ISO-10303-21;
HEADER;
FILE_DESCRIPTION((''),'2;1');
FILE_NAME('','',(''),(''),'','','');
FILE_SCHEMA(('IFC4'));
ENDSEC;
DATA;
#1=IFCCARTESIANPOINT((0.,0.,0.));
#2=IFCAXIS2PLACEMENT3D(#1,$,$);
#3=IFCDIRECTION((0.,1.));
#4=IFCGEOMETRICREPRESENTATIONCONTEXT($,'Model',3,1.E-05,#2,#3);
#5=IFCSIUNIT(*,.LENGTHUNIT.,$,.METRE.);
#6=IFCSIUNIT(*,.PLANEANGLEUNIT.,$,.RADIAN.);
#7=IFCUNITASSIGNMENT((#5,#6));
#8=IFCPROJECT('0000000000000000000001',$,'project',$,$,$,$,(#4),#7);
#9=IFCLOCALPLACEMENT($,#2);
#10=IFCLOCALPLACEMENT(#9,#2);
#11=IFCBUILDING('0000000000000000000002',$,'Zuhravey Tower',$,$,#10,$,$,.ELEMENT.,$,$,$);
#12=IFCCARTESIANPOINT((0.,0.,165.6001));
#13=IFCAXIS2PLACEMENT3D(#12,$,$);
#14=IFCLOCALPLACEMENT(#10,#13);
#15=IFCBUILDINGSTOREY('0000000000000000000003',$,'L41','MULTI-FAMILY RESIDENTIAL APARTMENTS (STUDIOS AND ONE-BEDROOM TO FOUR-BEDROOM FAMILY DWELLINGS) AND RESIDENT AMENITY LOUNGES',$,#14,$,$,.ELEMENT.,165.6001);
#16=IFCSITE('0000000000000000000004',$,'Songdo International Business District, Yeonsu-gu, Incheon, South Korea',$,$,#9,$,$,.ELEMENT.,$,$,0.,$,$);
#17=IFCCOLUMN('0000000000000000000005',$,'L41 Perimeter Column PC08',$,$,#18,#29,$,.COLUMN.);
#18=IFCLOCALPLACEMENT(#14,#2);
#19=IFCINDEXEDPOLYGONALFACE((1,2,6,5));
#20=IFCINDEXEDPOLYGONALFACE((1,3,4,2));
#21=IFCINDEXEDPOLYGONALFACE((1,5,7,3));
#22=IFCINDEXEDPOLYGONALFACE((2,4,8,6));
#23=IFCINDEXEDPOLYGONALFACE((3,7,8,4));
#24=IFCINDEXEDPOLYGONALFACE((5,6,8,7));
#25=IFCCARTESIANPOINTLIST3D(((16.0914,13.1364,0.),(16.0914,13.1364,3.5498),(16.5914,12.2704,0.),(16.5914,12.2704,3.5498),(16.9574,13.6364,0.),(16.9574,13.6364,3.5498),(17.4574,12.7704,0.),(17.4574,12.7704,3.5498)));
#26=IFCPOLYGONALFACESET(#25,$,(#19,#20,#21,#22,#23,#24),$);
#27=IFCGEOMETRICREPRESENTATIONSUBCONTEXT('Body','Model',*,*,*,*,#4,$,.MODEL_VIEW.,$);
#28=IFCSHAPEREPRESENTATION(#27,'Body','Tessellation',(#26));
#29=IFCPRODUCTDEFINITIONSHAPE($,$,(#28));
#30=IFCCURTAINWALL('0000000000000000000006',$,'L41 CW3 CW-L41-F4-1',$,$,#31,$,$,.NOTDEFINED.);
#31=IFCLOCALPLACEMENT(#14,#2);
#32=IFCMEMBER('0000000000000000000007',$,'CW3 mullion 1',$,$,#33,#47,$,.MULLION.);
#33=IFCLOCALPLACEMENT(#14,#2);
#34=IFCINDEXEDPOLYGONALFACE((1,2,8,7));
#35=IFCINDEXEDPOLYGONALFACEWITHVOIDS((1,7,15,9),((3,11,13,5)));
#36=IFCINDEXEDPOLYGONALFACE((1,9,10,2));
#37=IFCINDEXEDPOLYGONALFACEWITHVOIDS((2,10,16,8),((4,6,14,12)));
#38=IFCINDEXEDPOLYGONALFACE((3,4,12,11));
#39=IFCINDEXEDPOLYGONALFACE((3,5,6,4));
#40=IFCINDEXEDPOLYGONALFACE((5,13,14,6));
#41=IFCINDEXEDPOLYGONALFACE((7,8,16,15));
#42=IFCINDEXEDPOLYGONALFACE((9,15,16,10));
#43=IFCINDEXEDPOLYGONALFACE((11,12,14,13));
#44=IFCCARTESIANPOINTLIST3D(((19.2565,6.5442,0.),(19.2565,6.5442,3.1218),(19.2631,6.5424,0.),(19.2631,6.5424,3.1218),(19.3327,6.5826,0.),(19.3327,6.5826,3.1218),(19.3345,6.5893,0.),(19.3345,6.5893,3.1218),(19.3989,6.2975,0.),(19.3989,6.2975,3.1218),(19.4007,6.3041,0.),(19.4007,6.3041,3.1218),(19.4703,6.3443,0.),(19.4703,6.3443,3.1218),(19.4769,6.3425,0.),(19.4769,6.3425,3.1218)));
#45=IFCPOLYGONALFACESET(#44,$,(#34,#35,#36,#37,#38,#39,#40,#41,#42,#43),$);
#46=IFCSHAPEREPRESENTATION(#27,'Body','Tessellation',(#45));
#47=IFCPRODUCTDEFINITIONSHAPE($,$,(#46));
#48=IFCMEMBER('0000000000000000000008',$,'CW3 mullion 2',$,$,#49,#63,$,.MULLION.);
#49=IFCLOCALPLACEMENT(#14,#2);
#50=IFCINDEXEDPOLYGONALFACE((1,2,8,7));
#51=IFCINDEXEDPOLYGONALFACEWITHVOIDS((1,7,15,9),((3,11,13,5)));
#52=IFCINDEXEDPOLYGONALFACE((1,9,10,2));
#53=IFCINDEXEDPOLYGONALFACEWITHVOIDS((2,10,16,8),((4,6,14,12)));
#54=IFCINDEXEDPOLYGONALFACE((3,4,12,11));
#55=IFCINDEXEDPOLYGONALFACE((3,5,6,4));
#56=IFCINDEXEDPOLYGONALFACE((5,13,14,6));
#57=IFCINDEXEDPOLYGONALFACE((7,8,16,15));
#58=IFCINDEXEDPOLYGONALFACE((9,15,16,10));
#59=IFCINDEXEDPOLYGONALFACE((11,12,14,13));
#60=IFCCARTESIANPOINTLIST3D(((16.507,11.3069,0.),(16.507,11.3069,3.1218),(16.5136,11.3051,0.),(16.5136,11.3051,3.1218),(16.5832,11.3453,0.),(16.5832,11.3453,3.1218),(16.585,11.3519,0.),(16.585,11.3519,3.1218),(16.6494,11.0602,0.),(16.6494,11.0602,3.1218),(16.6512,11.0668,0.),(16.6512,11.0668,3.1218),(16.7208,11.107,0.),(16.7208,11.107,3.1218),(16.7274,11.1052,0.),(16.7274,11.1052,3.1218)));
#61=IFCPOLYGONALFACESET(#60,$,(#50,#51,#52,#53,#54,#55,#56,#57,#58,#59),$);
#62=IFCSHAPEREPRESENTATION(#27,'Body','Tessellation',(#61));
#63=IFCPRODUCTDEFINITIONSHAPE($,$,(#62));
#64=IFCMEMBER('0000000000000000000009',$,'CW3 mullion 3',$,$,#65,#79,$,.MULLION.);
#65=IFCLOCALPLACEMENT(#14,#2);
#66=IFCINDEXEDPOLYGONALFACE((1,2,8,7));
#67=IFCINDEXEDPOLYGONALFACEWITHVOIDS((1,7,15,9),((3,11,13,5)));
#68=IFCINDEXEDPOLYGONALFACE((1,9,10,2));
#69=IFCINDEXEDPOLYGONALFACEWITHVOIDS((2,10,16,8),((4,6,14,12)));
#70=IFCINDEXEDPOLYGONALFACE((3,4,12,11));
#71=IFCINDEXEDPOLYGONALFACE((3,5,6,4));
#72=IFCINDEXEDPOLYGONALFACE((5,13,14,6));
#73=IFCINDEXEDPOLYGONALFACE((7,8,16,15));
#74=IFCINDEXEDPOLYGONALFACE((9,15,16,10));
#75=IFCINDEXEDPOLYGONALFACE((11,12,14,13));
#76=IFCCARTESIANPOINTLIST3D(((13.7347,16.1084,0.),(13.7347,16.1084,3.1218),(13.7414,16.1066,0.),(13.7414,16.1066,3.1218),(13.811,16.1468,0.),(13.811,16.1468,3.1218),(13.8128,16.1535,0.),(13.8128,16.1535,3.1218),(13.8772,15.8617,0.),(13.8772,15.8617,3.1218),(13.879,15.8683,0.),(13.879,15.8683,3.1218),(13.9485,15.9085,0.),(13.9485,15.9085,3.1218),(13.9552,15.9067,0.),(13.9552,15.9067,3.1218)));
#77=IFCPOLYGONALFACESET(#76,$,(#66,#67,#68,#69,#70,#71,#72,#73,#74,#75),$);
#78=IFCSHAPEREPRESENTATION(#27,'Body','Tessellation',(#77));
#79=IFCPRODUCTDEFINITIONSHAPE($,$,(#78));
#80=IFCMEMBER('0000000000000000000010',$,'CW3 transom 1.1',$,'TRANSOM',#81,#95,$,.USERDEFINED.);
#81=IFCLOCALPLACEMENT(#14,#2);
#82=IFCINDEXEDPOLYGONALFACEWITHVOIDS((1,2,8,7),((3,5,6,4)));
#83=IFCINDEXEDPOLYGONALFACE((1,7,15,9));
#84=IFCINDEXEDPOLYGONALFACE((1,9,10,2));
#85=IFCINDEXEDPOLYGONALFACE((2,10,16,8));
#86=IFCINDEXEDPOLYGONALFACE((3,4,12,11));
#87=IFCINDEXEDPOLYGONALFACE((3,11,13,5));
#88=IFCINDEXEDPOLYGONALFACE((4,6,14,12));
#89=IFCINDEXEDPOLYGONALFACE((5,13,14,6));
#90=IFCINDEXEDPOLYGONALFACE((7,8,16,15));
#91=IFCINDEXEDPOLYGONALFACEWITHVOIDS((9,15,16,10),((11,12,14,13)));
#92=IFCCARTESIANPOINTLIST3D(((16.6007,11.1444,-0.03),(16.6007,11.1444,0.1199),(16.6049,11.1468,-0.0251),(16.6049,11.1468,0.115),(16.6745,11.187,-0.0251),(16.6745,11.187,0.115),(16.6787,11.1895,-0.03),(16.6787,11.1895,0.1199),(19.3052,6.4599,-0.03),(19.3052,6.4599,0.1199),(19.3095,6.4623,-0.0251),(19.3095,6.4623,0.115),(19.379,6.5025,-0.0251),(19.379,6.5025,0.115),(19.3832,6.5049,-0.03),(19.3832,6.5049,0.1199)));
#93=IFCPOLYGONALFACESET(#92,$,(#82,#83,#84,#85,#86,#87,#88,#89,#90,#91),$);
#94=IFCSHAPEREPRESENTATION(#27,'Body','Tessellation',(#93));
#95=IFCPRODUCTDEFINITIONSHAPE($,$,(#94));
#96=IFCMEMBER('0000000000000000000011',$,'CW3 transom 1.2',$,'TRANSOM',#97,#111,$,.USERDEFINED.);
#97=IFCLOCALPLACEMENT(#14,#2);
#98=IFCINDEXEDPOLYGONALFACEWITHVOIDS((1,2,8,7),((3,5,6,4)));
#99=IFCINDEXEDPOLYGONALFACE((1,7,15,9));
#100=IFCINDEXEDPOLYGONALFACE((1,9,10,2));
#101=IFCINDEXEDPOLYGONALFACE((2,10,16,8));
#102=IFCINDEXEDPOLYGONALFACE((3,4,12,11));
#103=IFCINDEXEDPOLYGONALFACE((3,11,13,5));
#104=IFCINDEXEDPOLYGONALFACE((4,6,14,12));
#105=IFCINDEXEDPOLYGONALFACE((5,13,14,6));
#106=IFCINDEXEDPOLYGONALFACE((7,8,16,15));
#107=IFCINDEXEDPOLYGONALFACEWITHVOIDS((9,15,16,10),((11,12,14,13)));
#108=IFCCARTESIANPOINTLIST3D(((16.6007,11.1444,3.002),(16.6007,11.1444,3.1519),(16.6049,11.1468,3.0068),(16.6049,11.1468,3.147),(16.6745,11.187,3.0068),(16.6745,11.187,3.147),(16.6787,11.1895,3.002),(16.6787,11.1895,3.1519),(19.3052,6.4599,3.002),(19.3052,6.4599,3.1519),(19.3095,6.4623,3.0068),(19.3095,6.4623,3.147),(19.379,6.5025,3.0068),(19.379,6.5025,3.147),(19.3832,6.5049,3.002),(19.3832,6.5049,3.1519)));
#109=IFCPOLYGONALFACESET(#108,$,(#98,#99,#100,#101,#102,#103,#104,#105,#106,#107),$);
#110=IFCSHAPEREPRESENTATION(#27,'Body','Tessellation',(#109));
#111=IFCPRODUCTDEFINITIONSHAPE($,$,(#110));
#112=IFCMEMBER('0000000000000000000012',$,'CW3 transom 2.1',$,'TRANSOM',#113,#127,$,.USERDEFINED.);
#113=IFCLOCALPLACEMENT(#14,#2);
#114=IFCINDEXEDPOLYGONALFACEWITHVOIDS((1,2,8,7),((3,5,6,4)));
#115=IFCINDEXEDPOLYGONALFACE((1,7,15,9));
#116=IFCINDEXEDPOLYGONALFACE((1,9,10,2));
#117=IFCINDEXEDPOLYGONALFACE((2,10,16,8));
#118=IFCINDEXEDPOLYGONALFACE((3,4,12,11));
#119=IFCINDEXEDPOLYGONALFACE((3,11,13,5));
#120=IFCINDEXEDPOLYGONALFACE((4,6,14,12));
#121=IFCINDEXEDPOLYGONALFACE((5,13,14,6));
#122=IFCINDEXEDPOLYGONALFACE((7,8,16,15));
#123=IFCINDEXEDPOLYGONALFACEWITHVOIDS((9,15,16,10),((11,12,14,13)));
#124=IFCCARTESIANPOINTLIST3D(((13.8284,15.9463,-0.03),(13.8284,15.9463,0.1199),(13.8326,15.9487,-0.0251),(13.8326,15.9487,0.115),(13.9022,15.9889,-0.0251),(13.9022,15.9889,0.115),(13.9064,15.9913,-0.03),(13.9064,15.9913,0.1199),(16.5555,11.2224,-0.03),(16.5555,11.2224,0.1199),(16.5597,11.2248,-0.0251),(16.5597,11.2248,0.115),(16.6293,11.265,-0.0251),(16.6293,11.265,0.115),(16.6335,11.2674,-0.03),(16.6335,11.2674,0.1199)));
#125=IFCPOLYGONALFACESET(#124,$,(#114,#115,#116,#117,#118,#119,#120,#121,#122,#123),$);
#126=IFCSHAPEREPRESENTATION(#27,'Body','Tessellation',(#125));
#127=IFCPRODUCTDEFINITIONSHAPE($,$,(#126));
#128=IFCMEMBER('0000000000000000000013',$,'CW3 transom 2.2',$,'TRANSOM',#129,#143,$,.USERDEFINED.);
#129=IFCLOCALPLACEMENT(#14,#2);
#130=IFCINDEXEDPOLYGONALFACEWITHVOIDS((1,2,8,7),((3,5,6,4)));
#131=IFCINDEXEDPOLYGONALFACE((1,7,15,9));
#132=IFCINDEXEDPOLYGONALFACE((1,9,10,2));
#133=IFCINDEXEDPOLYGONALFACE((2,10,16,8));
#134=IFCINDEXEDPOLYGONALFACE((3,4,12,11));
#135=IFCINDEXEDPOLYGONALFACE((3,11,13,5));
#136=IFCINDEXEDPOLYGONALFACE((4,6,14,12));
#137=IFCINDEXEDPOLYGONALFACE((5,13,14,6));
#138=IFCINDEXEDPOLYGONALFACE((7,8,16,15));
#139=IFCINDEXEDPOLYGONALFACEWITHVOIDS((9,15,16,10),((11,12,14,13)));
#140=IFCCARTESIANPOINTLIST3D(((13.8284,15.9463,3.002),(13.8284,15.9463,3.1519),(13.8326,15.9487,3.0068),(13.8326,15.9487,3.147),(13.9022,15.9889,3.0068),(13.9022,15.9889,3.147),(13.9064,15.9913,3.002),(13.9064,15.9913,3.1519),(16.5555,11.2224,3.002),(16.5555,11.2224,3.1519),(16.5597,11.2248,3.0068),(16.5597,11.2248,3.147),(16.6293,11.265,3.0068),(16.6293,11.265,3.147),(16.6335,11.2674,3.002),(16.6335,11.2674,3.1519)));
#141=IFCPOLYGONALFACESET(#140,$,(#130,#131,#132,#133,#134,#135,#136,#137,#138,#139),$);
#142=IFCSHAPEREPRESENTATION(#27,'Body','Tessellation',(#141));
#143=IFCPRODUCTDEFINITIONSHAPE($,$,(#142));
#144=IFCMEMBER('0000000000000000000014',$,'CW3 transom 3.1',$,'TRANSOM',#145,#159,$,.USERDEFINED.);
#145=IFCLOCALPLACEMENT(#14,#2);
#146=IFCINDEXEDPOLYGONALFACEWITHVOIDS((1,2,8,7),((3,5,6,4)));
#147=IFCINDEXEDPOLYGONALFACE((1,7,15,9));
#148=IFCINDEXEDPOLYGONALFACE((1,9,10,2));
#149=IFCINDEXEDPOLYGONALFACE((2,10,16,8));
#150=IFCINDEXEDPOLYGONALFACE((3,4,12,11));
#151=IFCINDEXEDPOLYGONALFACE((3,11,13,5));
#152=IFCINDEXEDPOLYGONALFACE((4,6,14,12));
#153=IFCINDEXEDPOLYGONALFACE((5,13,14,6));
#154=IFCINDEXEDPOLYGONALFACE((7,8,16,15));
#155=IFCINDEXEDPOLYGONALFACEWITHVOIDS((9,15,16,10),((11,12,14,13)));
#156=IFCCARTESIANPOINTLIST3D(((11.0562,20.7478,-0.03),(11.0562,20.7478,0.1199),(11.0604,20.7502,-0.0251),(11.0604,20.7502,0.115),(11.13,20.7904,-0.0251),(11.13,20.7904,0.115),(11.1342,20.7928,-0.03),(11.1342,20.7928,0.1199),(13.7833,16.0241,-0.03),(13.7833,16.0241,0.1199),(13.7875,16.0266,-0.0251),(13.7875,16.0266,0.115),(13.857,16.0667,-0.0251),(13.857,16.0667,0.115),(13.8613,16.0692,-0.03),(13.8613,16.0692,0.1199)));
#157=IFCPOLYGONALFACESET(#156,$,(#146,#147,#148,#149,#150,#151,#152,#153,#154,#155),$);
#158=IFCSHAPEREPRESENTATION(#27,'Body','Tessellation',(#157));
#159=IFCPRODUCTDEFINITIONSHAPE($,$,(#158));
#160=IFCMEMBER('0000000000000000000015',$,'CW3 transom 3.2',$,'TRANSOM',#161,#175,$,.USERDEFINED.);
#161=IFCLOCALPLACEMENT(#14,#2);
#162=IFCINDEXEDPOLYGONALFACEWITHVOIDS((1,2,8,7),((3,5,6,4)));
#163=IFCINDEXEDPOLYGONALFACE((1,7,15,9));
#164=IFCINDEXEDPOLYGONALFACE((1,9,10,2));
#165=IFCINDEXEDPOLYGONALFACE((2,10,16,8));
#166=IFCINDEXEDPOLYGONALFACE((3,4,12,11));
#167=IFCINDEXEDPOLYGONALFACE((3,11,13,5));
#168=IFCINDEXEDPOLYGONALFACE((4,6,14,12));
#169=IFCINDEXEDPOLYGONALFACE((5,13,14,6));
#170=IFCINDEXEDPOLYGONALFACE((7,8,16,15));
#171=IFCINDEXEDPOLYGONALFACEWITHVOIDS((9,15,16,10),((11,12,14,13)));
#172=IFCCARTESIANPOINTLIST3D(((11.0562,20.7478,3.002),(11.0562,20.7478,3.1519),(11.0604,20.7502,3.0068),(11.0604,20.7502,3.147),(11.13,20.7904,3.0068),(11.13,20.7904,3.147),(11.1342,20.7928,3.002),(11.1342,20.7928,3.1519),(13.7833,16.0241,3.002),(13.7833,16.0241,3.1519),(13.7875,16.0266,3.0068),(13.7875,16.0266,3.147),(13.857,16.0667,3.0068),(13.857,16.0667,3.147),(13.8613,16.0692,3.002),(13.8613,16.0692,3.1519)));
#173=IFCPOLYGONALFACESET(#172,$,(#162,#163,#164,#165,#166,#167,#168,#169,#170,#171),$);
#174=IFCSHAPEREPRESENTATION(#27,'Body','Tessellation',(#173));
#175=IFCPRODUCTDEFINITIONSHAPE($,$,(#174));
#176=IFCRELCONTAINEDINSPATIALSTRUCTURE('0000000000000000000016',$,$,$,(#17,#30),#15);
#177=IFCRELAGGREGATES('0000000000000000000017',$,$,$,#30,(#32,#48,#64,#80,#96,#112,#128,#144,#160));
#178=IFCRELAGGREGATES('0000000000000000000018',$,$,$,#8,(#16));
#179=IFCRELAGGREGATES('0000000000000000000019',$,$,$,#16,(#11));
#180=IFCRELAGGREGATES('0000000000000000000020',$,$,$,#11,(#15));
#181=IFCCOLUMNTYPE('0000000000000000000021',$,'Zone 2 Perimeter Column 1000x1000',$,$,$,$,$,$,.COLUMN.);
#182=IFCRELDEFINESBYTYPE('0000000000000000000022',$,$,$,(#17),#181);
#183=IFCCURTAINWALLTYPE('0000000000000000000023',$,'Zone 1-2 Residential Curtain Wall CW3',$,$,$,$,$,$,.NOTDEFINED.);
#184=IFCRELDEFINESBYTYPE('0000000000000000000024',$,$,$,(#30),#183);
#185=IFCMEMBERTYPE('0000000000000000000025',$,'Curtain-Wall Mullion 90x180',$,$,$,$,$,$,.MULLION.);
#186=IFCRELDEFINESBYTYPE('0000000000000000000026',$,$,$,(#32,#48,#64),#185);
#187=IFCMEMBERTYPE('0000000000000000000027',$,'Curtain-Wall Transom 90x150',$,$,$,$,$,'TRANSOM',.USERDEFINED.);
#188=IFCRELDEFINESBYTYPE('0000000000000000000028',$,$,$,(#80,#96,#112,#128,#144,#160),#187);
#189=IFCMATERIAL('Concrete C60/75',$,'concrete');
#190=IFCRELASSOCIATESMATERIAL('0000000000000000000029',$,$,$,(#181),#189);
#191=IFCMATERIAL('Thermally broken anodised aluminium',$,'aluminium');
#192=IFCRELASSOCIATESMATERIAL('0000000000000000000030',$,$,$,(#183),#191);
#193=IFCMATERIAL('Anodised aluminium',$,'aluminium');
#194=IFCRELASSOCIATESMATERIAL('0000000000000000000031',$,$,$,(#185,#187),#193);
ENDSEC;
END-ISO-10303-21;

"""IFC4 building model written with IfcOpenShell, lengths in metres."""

from ifc_helpers import new_model, si_unit, direction, frame, origin, origin_2d, place, context, subcontext, project, spatial, rectangle, hollow_rectangle, extrude, material, material_profile, profile_set, type_object, element, aggregate, save


model = new_model("IFC4")

# Units and contexts
model_context = context("Model", 3, precision=1e-05, world=origin(), true_north=direction((0.0, 1.0)))
body_context = subcontext(model_context, "Body", "Model", "MODEL_VIEW")
ifc_project = project(units=[si_unit("LENGTHUNIT", "METRE"), si_unit("PLANEANGLEUNIT", "RADIAN")], contexts=[model_context])

# Site, building, storey
site_placement = place(None, origin())
site = spatial("IfcSite", under=ifc_project, at=site_placement, Name="Songdo International Business District, Yeonsu-gu, Incheon, South Korea", CompositionType="ELEMENT", RefElevation=0.0)
building_placement = place(site_placement, origin())
building = spatial("IfcBuilding", under=site, at=building_placement, Name="Zuhravey Tower", CompositionType="ELEMENT")
storey_placement = place(building_placement, frame((0.0, 0.0, 165.6001)))
storey = spatial("IfcBuildingStorey", under=building, at=storey_placement, Name="L41", Description="MULTI-FAMILY RESIDENTIAL APARTMENTS (STUDIOS AND ONE-BEDROOM TO FOUR-BEDROOM FAMILY DWELLINGS) AND RESIDENT AMENITY LOUNGES", CompositionType="ELEMENT", Elevation=165.6001)

# Column
ifc_material_1 = material(Name="Concrete C60/75", Category="concrete")
ifc_material_profile_1 = material_profile(ifc_material_1, rectangle(XDim=1.0, YDim=1.0, at=origin_2d()), Name="RC-1000x1000")
ifc_profile_set_1 = profile_set([ifc_material_profile_1], Name="Concrete C60/75")
column_type = type_object("IfcColumnType", Name="Zone 2 Perimeter Column 1000x1000", PredefinedType="COLUMN", material=ifc_profile_set_1)
column_placement = place(storey_placement, frame((16.7744, 12.9534, 0.0), z_axis=(0.0, 0.0, 1.0), x_axis=(0.5, -0.866025, 0.0)))
element("IfcColumn", 1, at=column_placement, inside=storey, type_object=column_type, Name="L41 Perimeter Column PC08", PredefinedType="COLUMN", context=body_context, shape_type="SweptSolid", body=[
    extrude(rectangle(XDim=1.0, YDim=1.0, at=origin_2d()), origin(), (0.0, 0.0, 1.0), 3.5498),
])

# Curtain wall, members
ifc_material_2 = material(Name="Thermally broken anodised aluminium", Category="aluminium")
curtain_wall_type = type_object("IfcCurtainWallType", Name="Zone 1-2 Residential Curtain Wall CW3", PredefinedType="NOTDEFINED", material=ifc_material_2)
curtain_wall_placement = place(storey_placement, origin())
curtain_wall = element("IfcCurtainWall", 2, at=curtain_wall_placement, inside=storey, type_object=curtain_wall_type, Name="L41 CW3 CW-L41-F4-1", PredefinedType="NOTDEFINED")
ifc_material_3 = material(Name="Anodised aluminium", Category="aluminium")
ifc_material_profile_2 = material_profile(ifc_material_3, hollow_rectangle(XDim=0.0901, YDim=0.2849, WallThickness=0.0049, at=origin_2d()), Name="ALU-RHS-90x285x5")
ifc_profile_set_2 = profile_set([ifc_material_profile_2], Name="Anodised aluminium")
member_type_1 = type_object("IfcMemberType", Name="Curtain-Wall Mullion 90x180", PredefinedType="MULLION", material=ifc_profile_set_2)
member_1_placement = place(storey_placement, frame((19.3667, 6.4434, 0.0), z_axis=(0.0, 0.0, 1.0), x_axis=(-0.866025, -0.5, 0.0)))
member_1 = element("IfcMember", 3, at=member_1_placement, type_object=member_type_1, Name="CW3 mullion 1", PredefinedType="MULLION", context=body_context, shape_type="SweptSolid", body=[
    extrude(hollow_rectangle(XDim=0.0901, YDim=0.2849, WallThickness=0.0049, at=origin_2d()), origin(), (0.0, 0.0, 1.0), 3.1218),
])
member_2_placement = place(storey_placement, frame((16.6172, 11.2061, 0.0), z_axis=(0.0, 0.0, 1.0), x_axis=(-0.866025, -0.5, 0.0)))
member_2 = element("IfcMember", 4, at=member_2_placement, type_object=member_type_1, Name="CW3 mullion 2", PredefinedType="MULLION", context=body_context, shape_type="SweptSolid", body=[
    extrude(hollow_rectangle(XDim=0.0901, YDim=0.2849, WallThickness=0.0049, at=origin_2d()), origin(), (0.0, 0.0, 1.0), 3.1218),
])
member_3_placement = place(storey_placement, frame((13.845, 16.0076, 0.0), z_axis=(0.0, 0.0, 1.0), x_axis=(-0.866025, -0.5, 0.0)))
member_3 = element("IfcMember", 5, at=member_3_placement, type_object=member_type_1, Name="CW3 mullion 3", PredefinedType="MULLION", context=body_context, shape_type="SweptSolid", body=[
    extrude(hollow_rectangle(XDim=0.0901, YDim=0.2849, WallThickness=0.0049, at=origin_2d()), origin(), (0.0, 0.0, 1.0), 3.1218),
])
ifc_material_profile_3 = material_profile(ifc_material_3, hollow_rectangle(XDim=0.0901, YDim=0.1499, WallThickness=0.0049, at=origin_2d()), Name="ALU-RHS-90x150x5")
ifc_profile_set_3 = profile_set([ifc_material_profile_3], Name="Anodised aluminium")
member_type_2 = type_object("IfcMemberType", Name="Curtain-Wall Transom 90x150", ElementType="TRANSOM", PredefinedType="USERDEFINED", material=ifc_profile_set_3)
member_4_placement = place(storey_placement, frame((19.3442, 6.4824, 0.0449), z_axis=(-0.499993, 0.866029, 0.0), x_axis=(-0.866029, -0.499993, 0.0)))
member_4 = element("IfcMember", 6, at=member_4_placement, type_object=member_type_2, Name="CW3 transom 1.1", ObjectType="TRANSOM", PredefinedType="USERDEFINED", context=body_context, shape_type="SweptSolid", body=[
    extrude(hollow_rectangle(XDim=0.0901, YDim=0.1499, WallThickness=0.0049, at=origin_2d()), origin(), (0.0, 0.0, 1.0), 5.4092),
])
member_5_placement = place(storey_placement, frame((19.3442, 6.4824, 3.0769), z_axis=(-0.499993, 0.866029, 0.0), x_axis=(-0.866029, -0.499993, 0.0)))
member_5 = element("IfcMember", 7, at=member_5_placement, type_object=member_type_2, Name="CW3 transom 1.2", ObjectType="TRANSOM", PredefinedType="USERDEFINED", context=body_context, shape_type="SweptSolid", body=[
    extrude(hollow_rectangle(XDim=0.0901, YDim=0.1499, WallThickness=0.0049, at=origin_2d()), origin(), (0.0, 0.0, 1.0), 5.4092),
])
member_6_placement = place(storey_placement, frame((16.5945, 11.2449, 0.0449), z_axis=(-0.499961, 0.866048, 0.0), x_axis=(-0.866048, -0.499961, 0.0)))
member_6 = element("IfcMember", 8, at=member_6_placement, type_object=member_type_2, Name="CW3 transom 2.1", ObjectType="TRANSOM", PredefinedType="USERDEFINED", context=body_context, shape_type="SweptSolid", body=[
    extrude(hollow_rectangle(XDim=0.0901, YDim=0.1499, WallThickness=0.0049, at=origin_2d()), origin(), (0.0, 0.0, 1.0), 5.4546),
])
member_7_placement = place(storey_placement, frame((16.5945, 11.2449, 3.0769), z_axis=(-0.499961, 0.866048, 0.0), x_axis=(-0.866048, -0.499961, 0.0)))
member_7 = element("IfcMember", 9, at=member_7_placement, type_object=member_type_2, Name="CW3 transom 2.2", ObjectType="TRANSOM", PredefinedType="USERDEFINED", context=body_context, shape_type="SweptSolid", body=[
    extrude(hollow_rectangle(XDim=0.0901, YDim=0.1499, WallThickness=0.0049, at=origin_2d()), origin(), (0.0, 0.0, 1.0), 5.4546),
])
member_8_placement = place(storey_placement, frame((13.8223, 16.0466, 0.0449), z_axis=(-0.499981, 0.866037, 0.0), x_axis=(-0.866037, -0.499981, 0.0)))
member_8 = element("IfcMember", 10, at=member_8_placement, type_object=member_type_2, Name="CW3 transom 3.1", ObjectType="TRANSOM", PredefinedType="USERDEFINED", context=body_context, shape_type="SweptSolid", body=[
    extrude(hollow_rectangle(XDim=0.0901, YDim=0.1499, WallThickness=0.0049, at=origin_2d()), origin(), (0.0, 0.0, 1.0), 5.4543),
])
member_9_placement = place(storey_placement, frame((13.8223, 16.0466, 3.0769), z_axis=(-0.499981, 0.866037, 0.0), x_axis=(-0.866037, -0.499981, 0.0)))
member_9 = element("IfcMember", 11, at=member_9_placement, type_object=member_type_2, Name="CW3 transom 3.2", ObjectType="TRANSOM", PredefinedType="USERDEFINED", context=body_context, shape_type="SweptSolid", body=[
    extrude(hollow_rectangle(XDim=0.0901, YDim=0.1499, WallThickness=0.0049, at=origin_2d()), origin(), (0.0, 0.0, 1.0), 5.4543),
])

aggregate(curtain_wall, [member_1, member_2, member_3, member_4, member_5, member_6, member_7, member_8, member_9])

save(model, "model.ifc")
